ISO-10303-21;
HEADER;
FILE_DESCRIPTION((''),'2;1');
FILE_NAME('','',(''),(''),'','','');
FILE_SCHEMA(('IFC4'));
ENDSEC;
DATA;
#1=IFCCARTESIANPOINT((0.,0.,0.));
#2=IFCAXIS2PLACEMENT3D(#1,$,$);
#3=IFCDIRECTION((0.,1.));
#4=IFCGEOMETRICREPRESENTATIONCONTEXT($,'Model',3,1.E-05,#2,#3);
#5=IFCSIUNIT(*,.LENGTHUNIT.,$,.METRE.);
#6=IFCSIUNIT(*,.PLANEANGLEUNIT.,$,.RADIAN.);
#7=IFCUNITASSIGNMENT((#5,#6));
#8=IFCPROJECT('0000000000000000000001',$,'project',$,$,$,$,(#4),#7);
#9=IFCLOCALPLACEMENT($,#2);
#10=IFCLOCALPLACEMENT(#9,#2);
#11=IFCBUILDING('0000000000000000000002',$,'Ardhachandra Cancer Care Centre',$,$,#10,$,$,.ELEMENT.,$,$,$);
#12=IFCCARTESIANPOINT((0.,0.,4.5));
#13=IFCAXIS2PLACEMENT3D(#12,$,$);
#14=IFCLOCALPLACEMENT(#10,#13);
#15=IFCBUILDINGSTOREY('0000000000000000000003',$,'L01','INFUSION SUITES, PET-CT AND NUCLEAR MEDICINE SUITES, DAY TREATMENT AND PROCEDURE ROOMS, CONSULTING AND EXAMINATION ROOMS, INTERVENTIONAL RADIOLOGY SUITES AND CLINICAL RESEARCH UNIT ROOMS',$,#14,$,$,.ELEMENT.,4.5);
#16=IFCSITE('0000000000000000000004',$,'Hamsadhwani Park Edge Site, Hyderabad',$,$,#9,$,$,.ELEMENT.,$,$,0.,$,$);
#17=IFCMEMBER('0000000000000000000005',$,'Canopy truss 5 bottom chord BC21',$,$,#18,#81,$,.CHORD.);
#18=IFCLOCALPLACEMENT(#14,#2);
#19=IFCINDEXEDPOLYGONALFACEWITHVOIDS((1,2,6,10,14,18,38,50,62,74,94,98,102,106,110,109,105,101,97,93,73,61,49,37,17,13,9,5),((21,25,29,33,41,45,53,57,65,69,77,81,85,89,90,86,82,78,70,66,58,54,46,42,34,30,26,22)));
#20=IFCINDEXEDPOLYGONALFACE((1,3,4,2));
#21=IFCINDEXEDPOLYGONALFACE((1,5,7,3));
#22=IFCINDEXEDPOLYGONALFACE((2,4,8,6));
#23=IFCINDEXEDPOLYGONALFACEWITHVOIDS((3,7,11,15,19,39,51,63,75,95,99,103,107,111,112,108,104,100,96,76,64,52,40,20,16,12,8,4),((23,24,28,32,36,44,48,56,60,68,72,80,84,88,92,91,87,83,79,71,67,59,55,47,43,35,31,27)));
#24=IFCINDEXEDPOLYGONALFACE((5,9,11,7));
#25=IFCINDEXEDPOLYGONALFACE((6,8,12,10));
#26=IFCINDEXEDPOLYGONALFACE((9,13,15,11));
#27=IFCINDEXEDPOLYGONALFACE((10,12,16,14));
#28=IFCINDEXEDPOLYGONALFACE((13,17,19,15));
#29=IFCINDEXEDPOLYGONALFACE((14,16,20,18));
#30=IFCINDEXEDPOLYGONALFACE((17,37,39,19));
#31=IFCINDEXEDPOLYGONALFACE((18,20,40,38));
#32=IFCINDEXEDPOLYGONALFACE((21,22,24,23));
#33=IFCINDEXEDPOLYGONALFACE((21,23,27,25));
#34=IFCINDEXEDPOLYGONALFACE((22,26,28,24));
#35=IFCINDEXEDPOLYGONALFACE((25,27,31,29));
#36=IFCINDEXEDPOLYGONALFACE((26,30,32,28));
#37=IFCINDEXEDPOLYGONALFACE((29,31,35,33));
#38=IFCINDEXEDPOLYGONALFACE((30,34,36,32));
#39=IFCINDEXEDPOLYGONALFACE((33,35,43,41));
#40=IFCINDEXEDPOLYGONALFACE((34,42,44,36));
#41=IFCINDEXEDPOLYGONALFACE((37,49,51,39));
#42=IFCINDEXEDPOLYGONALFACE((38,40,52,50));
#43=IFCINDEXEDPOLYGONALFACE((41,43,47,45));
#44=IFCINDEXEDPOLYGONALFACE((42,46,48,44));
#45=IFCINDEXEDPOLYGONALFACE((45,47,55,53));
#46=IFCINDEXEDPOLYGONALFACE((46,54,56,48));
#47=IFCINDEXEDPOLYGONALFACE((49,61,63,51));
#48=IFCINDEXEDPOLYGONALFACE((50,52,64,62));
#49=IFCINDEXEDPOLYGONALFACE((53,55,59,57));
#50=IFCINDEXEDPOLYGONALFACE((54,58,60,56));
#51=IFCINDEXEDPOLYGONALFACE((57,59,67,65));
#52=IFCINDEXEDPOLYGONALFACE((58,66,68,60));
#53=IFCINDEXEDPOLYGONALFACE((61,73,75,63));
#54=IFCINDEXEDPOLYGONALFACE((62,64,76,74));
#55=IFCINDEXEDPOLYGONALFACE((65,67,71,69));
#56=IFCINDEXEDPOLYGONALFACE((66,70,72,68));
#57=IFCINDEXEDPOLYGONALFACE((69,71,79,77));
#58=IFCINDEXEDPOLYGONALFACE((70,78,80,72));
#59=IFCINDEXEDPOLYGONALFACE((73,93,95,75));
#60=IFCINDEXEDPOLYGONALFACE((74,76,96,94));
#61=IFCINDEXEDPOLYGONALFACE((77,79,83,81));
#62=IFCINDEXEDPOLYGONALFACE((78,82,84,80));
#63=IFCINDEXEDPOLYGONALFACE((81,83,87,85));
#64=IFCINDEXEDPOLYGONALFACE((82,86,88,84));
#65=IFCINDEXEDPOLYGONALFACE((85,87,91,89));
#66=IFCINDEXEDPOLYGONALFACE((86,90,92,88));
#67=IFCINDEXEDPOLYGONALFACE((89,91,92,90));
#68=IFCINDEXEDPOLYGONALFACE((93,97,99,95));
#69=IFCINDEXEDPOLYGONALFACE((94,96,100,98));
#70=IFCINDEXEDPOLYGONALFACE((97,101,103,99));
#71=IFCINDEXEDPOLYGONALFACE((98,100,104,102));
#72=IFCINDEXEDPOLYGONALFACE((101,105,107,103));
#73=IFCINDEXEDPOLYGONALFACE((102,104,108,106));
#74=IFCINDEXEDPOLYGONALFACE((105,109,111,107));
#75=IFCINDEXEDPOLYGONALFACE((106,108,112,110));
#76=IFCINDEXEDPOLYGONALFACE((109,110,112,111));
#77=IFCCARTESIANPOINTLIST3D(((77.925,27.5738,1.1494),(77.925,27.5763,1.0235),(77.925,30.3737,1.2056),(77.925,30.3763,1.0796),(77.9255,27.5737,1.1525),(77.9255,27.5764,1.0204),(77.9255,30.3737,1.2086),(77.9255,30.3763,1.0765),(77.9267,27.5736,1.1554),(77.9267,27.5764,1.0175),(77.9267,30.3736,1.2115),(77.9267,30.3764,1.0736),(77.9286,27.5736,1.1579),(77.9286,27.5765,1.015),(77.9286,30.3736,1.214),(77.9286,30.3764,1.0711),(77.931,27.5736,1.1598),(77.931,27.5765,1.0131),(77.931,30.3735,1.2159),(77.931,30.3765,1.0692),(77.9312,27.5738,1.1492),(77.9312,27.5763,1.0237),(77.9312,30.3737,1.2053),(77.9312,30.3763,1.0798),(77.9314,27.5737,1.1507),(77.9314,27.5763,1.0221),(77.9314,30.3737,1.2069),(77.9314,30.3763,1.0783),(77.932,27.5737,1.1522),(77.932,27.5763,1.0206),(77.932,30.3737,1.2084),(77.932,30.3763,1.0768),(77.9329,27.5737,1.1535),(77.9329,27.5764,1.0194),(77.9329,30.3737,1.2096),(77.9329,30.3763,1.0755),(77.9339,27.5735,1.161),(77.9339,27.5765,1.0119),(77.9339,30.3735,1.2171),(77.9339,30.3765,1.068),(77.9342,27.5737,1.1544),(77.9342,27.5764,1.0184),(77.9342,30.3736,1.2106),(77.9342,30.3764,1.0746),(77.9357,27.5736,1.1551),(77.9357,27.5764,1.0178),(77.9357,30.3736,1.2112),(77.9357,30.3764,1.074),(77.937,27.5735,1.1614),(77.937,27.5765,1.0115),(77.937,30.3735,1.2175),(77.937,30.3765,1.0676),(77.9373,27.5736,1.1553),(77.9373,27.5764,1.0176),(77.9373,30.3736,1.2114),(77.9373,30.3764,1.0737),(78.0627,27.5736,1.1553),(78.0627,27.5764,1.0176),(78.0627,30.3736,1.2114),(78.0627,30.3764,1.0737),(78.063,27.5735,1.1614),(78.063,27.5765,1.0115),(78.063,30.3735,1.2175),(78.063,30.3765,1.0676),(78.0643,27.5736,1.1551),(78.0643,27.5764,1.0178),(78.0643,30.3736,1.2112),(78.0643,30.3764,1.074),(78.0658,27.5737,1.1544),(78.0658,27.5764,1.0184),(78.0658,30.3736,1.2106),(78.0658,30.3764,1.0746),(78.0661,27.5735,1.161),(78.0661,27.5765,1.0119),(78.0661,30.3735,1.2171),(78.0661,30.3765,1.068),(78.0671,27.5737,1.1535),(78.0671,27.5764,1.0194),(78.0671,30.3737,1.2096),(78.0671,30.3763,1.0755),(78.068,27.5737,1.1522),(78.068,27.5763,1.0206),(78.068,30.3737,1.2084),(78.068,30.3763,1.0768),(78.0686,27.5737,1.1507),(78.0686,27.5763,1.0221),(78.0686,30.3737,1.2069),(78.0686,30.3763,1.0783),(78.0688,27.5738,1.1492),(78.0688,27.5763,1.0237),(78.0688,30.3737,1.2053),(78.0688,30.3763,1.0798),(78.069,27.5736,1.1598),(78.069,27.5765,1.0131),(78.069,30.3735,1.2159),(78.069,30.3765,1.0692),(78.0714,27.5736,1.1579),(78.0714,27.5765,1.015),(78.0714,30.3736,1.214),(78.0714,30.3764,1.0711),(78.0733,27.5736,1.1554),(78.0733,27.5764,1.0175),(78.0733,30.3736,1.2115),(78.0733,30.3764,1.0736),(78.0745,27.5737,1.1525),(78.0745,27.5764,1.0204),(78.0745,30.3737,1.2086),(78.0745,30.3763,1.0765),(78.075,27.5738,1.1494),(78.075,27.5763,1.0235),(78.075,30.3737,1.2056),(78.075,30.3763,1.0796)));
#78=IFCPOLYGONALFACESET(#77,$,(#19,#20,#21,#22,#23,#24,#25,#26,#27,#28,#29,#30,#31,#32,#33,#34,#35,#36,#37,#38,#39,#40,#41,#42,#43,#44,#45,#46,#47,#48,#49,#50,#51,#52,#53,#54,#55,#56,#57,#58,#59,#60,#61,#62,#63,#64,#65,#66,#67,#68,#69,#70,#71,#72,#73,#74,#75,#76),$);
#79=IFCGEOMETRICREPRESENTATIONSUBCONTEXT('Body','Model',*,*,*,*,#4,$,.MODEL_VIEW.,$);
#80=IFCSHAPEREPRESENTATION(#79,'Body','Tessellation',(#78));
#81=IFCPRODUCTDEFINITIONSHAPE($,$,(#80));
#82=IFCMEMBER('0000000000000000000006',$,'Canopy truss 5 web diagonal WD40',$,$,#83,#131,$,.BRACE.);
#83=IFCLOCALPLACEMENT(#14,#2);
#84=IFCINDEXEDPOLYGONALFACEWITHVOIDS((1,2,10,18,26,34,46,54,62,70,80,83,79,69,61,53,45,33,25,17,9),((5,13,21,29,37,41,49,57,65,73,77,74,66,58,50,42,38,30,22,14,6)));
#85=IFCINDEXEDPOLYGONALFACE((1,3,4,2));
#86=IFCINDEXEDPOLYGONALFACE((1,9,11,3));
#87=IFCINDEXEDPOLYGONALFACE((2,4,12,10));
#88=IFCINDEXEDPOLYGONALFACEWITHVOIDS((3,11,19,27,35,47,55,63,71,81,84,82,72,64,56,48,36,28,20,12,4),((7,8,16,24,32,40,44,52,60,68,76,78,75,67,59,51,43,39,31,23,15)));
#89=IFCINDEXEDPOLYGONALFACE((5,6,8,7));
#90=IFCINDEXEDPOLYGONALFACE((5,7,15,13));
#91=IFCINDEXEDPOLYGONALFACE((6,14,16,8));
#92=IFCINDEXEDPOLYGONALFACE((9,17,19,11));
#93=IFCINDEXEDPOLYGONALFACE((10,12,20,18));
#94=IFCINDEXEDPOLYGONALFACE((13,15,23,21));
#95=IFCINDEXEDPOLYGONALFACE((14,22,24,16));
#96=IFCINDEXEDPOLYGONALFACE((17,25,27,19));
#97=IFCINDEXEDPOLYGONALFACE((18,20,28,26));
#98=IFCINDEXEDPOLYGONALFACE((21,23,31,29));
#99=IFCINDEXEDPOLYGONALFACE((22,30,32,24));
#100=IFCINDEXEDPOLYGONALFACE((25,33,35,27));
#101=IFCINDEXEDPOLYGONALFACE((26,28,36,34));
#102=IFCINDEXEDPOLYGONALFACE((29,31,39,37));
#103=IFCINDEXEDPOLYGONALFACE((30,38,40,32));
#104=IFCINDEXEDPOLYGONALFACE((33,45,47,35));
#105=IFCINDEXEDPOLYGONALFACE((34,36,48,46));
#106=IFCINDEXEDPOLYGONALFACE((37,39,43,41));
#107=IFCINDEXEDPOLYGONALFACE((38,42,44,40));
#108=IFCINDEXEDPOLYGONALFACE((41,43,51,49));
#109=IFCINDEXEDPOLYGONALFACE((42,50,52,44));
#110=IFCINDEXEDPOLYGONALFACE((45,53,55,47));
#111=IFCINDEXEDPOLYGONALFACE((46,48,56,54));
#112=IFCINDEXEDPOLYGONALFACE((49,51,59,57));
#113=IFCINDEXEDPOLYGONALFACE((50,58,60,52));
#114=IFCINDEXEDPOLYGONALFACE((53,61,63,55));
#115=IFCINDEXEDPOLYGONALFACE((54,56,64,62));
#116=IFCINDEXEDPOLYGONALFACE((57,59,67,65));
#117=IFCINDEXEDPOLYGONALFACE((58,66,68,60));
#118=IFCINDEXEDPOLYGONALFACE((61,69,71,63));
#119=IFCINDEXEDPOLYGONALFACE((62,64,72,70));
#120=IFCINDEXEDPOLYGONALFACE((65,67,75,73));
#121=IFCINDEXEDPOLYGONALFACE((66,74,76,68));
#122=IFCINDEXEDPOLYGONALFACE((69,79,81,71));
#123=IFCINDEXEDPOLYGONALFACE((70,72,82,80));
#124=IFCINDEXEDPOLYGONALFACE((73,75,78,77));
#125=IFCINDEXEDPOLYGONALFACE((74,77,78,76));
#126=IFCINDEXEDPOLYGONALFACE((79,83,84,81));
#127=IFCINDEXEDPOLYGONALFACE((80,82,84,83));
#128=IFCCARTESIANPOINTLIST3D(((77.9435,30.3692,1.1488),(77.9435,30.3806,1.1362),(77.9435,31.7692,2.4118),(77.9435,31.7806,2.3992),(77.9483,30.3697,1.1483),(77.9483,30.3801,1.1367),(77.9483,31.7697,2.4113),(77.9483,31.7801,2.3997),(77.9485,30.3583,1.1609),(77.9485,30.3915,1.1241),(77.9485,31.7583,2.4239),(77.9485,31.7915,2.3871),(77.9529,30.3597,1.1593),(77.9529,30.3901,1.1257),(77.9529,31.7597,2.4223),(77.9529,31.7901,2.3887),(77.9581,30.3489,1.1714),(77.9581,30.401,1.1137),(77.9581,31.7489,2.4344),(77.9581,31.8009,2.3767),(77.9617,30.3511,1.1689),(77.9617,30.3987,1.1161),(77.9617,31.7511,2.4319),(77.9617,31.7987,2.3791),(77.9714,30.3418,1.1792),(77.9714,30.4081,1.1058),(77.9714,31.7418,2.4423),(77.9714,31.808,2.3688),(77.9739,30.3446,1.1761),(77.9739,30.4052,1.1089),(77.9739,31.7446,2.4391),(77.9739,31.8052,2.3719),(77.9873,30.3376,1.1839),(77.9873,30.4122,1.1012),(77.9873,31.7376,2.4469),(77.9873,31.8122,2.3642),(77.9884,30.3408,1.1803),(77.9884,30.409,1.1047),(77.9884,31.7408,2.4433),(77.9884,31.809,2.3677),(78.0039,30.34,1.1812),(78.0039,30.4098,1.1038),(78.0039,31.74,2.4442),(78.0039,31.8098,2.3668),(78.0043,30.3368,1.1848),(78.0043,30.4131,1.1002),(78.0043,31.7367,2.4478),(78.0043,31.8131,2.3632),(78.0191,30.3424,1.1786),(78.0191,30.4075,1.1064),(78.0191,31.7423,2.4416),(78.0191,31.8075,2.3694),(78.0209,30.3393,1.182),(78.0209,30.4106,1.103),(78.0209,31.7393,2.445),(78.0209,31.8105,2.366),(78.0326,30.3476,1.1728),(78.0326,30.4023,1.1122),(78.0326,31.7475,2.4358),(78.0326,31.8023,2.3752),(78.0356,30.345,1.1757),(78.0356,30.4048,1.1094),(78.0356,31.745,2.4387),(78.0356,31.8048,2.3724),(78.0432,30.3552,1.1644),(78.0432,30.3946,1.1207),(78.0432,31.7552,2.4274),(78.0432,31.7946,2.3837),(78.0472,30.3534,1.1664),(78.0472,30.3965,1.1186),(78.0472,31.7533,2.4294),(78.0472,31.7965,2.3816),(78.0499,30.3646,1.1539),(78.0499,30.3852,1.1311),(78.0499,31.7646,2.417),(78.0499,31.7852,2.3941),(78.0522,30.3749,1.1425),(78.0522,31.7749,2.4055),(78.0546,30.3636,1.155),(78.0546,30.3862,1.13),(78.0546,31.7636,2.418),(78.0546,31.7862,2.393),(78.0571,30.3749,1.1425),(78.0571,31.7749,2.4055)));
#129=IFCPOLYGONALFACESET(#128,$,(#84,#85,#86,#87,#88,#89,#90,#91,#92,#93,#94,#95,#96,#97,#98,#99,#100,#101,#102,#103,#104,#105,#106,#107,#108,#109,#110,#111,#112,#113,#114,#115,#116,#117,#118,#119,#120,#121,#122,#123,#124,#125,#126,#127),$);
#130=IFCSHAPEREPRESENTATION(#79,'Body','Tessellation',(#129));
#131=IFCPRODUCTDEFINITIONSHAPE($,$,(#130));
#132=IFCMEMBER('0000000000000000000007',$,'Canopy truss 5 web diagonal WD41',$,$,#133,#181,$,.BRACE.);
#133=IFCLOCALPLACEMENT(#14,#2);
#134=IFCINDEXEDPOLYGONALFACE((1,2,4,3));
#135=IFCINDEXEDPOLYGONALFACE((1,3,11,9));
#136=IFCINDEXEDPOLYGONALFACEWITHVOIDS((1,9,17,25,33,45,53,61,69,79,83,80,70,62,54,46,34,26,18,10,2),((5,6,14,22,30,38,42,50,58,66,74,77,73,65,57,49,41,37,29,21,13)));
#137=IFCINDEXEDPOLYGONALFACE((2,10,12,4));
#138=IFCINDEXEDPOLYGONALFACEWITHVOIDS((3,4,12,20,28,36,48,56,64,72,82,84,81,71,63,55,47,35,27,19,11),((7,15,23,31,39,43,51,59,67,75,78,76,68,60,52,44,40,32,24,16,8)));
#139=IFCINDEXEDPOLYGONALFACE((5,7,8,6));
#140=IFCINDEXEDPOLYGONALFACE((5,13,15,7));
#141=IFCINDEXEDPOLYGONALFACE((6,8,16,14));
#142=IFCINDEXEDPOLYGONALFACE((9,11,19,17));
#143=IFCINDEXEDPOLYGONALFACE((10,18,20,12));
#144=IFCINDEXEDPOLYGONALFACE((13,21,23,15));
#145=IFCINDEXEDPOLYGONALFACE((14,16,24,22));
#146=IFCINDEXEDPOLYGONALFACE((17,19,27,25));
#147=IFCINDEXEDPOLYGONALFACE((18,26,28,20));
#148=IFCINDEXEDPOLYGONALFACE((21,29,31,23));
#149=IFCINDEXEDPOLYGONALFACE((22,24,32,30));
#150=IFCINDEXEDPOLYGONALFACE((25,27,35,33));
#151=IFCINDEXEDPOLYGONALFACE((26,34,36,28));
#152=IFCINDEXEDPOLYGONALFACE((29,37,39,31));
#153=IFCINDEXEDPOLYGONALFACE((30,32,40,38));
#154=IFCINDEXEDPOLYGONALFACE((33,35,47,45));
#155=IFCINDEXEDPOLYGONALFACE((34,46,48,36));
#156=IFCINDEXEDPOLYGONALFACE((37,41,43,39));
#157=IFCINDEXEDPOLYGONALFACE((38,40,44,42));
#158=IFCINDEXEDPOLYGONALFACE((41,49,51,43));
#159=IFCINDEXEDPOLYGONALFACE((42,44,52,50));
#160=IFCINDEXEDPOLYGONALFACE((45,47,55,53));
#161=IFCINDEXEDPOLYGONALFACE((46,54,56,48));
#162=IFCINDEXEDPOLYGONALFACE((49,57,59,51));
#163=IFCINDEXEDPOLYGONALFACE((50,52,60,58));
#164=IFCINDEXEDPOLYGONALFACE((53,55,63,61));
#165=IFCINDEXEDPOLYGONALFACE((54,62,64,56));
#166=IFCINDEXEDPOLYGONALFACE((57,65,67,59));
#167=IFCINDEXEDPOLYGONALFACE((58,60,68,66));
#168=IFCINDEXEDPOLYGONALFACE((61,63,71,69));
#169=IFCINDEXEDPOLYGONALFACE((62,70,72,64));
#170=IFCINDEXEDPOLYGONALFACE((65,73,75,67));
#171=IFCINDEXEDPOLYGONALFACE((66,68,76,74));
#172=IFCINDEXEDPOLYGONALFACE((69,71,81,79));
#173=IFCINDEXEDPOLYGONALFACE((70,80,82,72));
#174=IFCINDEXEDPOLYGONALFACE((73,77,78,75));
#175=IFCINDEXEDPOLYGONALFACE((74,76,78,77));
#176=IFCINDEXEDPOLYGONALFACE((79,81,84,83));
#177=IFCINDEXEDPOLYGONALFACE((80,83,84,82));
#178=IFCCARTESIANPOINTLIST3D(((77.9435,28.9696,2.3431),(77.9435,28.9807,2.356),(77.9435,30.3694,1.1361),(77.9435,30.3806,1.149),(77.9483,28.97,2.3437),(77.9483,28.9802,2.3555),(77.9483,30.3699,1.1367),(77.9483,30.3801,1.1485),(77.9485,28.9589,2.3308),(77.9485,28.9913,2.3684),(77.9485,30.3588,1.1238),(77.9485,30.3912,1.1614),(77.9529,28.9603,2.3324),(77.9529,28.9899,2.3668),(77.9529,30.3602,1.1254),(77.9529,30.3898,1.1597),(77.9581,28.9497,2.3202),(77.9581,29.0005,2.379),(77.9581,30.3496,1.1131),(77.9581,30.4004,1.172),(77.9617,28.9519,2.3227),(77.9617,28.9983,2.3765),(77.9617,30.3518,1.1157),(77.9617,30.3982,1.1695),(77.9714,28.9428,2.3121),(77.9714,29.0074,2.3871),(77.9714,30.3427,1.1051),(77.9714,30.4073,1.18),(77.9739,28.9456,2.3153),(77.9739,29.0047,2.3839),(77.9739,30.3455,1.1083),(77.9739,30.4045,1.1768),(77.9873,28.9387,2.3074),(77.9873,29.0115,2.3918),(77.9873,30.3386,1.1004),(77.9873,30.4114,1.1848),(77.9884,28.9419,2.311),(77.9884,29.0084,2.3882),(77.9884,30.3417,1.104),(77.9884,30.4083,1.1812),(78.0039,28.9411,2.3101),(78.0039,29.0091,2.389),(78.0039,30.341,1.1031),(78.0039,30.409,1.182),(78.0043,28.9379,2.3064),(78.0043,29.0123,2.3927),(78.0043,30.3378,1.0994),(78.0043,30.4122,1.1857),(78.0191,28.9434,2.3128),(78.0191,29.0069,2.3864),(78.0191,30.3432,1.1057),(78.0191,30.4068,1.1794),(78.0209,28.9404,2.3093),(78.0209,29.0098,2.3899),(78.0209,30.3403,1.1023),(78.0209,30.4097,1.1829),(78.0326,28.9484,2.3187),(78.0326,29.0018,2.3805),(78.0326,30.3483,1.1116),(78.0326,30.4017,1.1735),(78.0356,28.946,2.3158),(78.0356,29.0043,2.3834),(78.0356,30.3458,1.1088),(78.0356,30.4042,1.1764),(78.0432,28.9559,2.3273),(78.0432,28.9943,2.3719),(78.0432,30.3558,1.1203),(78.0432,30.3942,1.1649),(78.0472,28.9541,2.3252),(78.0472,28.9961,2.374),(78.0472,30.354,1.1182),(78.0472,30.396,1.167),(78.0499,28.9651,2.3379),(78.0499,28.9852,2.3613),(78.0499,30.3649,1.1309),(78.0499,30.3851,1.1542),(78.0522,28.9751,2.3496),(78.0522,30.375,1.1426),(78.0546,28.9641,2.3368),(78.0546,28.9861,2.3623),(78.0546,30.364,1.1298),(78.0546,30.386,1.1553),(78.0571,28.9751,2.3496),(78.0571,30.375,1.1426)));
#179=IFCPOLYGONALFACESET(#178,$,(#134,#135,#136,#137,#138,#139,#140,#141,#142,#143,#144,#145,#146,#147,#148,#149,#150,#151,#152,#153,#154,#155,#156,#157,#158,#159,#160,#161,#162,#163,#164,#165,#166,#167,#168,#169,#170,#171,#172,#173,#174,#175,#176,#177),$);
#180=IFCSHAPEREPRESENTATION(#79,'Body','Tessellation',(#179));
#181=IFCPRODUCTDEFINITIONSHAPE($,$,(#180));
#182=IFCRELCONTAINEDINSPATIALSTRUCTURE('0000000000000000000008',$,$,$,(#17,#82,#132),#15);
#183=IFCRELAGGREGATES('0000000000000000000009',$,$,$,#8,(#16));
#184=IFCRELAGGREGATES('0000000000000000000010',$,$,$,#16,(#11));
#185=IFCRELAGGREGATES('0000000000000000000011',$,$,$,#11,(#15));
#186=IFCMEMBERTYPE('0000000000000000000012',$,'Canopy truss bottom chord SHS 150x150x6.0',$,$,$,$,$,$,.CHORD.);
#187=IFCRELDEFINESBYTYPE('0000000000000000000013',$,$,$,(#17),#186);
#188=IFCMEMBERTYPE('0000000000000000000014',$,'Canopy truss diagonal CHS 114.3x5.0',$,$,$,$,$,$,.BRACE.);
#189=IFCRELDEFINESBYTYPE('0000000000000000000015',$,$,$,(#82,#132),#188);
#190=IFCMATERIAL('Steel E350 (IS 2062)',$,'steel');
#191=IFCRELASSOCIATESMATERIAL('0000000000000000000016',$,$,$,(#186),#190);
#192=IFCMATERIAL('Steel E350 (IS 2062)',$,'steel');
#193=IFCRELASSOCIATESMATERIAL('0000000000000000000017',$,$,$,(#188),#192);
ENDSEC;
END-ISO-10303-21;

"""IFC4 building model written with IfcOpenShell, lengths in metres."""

from ifc_helpers import new_model, si_unit, direction, frame, origin, origin_2d, place, context, subcontext, project, spatial, hollow_rectangle, hollow_circle, extrude, material, material_profile, profile_set, type_object, element, save


model = new_model("IFC4")

# Units and contexts
model_context = context("Model", 3, precision=1e-05, world=origin(), true_north=direction((0.0, 1.0)))
body_context = subcontext(model_context, "Body", "Model", "MODEL_VIEW")
ifc_project = project(units=[si_unit("LENGTHUNIT", "METRE"), si_unit("PLANEANGLEUNIT", "RADIAN")], contexts=[model_context])

# Site, building, storey
site_placement = place(None, origin())
site = spatial("IfcSite", under=ifc_project, at=site_placement, Name="Hamsadhwani Park Edge Site, Hyderabad", CompositionType="ELEMENT", RefElevation=0.0)
building_placement = place(site_placement, origin())
building = spatial("IfcBuilding", under=site, at=building_placement, Name="Ardhachandra Cancer Care Centre", CompositionType="ELEMENT")
storey_placement = place(building_placement, frame((0.0, 0.0, 4.5)))
storey = spatial("IfcBuildingStorey", under=building, at=storey_placement, Name="L01", Description="INFUSION SUITES, PET-CT AND NUCLEAR MEDICINE SUITES, DAY TREATMENT AND PROCEDURE ROOMS, CONSULTING AND EXAMINATION ROOMS, INTERVENTIONAL RADIOLOGY SUITES AND CLINICAL RESEARCH UNIT ROOMS", CompositionType="ELEMENT", Elevation=4.5)

# Members
ifc_material_1 = material(Name="Steel E350 (IS 2062)", Category="steel")
ifc_material_profile_1 = material_profile(ifc_material_1, hollow_rectangle(XDim=0.1499, YDim=0.1499, WallThickness=0.0061, InnerFilletRadius=0.0061, OuterFilletRadius=0.012, at=origin_2d()), Name="SHS 150x150x6.0")
ifc_profile_set_1 = profile_set([ifc_material_profile_1], Name="Steel E350 (IS 2062)")
member_type_1 = type_object("IfcMemberType", Name="Canopy truss bottom chord SHS 150x150x6.0", PredefinedType="CHORD", material=ifc_profile_set_1)
member_1_placement = place(storey_placement, frame((78.0, 30.375, 1.1426), z_axis=(0.0, -0.999799, -0.02005), x_axis=(1.0, 0.0, 0.0)))
element("IfcMember", 1, at=member_1_placement, inside=storey, type_object=member_type_1, Name="Canopy truss 5 bottom chord BC21", PredefinedType="CHORD", context=body_context, shape_type="SweptSolid", body=[
    extrude(hollow_rectangle(XDim=0.1499, YDim=0.1499, WallThickness=0.0061, InnerFilletRadius=0.0061, OuterFilletRadius=0.012, at=origin_2d()), origin(), (0.0, 0.0, 1.0), 2.8005),
])
ifc_material_2 = material(Name="Steel E350 (IS 2062)", Category="steel")
ifc_material_profile_2 = material_profile(ifc_material_2, hollow_circle(Radius=0.0571, WallThickness=0.0049, at=origin_2d()), Name="CHS 114.3x5.0")
ifc_profile_set_2 = profile_set([ifc_material_profile_2], Name="Steel E350 (IS 2062)")
member_type_2 = type_object("IfcMemberType", Name="Canopy truss diagonal CHS 114.3x5.0", PredefinedType="BRACE", material=ifc_profile_set_2)
member_2_placement = place(storey_placement, frame((78.0, 31.7749, 2.4055), z_axis=(0.0, -0.742495, -0.669851), x_axis=(1.0, 0.0, 0.0)))
element("IfcMember", 2, at=member_2_placement, inside=storey, type_object=member_type_2, Name="Canopy truss 5 web diagonal WD40", PredefinedType="BRACE", context=body_context, shape_type="SweptSolid", body=[
    extrude(hollow_circle(Radius=0.0571, WallThickness=0.0049, at=origin_2d()), origin(), (0.0, 0.0, 1.0), 1.8855),
])
member_3_placement = place(storey_placement, frame((78.0, 30.375, 1.1426), z_axis=(0.0, -0.757351, 0.653008), x_axis=(1.0, 0.0, 0.0)))
element("IfcMember", 3, at=member_3_placement, inside=storey, type_object=member_type_2, Name="Canopy truss 5 web diagonal WD41", PredefinedType="BRACE", context=body_context, shape_type="SweptSolid", body=[
    extrude(hollow_circle(Radius=0.0571, WallThickness=0.0049, at=origin_2d()), origin(), (0.0, 0.0, 1.0), 1.8484),
])

save(model, "model.ifc")
